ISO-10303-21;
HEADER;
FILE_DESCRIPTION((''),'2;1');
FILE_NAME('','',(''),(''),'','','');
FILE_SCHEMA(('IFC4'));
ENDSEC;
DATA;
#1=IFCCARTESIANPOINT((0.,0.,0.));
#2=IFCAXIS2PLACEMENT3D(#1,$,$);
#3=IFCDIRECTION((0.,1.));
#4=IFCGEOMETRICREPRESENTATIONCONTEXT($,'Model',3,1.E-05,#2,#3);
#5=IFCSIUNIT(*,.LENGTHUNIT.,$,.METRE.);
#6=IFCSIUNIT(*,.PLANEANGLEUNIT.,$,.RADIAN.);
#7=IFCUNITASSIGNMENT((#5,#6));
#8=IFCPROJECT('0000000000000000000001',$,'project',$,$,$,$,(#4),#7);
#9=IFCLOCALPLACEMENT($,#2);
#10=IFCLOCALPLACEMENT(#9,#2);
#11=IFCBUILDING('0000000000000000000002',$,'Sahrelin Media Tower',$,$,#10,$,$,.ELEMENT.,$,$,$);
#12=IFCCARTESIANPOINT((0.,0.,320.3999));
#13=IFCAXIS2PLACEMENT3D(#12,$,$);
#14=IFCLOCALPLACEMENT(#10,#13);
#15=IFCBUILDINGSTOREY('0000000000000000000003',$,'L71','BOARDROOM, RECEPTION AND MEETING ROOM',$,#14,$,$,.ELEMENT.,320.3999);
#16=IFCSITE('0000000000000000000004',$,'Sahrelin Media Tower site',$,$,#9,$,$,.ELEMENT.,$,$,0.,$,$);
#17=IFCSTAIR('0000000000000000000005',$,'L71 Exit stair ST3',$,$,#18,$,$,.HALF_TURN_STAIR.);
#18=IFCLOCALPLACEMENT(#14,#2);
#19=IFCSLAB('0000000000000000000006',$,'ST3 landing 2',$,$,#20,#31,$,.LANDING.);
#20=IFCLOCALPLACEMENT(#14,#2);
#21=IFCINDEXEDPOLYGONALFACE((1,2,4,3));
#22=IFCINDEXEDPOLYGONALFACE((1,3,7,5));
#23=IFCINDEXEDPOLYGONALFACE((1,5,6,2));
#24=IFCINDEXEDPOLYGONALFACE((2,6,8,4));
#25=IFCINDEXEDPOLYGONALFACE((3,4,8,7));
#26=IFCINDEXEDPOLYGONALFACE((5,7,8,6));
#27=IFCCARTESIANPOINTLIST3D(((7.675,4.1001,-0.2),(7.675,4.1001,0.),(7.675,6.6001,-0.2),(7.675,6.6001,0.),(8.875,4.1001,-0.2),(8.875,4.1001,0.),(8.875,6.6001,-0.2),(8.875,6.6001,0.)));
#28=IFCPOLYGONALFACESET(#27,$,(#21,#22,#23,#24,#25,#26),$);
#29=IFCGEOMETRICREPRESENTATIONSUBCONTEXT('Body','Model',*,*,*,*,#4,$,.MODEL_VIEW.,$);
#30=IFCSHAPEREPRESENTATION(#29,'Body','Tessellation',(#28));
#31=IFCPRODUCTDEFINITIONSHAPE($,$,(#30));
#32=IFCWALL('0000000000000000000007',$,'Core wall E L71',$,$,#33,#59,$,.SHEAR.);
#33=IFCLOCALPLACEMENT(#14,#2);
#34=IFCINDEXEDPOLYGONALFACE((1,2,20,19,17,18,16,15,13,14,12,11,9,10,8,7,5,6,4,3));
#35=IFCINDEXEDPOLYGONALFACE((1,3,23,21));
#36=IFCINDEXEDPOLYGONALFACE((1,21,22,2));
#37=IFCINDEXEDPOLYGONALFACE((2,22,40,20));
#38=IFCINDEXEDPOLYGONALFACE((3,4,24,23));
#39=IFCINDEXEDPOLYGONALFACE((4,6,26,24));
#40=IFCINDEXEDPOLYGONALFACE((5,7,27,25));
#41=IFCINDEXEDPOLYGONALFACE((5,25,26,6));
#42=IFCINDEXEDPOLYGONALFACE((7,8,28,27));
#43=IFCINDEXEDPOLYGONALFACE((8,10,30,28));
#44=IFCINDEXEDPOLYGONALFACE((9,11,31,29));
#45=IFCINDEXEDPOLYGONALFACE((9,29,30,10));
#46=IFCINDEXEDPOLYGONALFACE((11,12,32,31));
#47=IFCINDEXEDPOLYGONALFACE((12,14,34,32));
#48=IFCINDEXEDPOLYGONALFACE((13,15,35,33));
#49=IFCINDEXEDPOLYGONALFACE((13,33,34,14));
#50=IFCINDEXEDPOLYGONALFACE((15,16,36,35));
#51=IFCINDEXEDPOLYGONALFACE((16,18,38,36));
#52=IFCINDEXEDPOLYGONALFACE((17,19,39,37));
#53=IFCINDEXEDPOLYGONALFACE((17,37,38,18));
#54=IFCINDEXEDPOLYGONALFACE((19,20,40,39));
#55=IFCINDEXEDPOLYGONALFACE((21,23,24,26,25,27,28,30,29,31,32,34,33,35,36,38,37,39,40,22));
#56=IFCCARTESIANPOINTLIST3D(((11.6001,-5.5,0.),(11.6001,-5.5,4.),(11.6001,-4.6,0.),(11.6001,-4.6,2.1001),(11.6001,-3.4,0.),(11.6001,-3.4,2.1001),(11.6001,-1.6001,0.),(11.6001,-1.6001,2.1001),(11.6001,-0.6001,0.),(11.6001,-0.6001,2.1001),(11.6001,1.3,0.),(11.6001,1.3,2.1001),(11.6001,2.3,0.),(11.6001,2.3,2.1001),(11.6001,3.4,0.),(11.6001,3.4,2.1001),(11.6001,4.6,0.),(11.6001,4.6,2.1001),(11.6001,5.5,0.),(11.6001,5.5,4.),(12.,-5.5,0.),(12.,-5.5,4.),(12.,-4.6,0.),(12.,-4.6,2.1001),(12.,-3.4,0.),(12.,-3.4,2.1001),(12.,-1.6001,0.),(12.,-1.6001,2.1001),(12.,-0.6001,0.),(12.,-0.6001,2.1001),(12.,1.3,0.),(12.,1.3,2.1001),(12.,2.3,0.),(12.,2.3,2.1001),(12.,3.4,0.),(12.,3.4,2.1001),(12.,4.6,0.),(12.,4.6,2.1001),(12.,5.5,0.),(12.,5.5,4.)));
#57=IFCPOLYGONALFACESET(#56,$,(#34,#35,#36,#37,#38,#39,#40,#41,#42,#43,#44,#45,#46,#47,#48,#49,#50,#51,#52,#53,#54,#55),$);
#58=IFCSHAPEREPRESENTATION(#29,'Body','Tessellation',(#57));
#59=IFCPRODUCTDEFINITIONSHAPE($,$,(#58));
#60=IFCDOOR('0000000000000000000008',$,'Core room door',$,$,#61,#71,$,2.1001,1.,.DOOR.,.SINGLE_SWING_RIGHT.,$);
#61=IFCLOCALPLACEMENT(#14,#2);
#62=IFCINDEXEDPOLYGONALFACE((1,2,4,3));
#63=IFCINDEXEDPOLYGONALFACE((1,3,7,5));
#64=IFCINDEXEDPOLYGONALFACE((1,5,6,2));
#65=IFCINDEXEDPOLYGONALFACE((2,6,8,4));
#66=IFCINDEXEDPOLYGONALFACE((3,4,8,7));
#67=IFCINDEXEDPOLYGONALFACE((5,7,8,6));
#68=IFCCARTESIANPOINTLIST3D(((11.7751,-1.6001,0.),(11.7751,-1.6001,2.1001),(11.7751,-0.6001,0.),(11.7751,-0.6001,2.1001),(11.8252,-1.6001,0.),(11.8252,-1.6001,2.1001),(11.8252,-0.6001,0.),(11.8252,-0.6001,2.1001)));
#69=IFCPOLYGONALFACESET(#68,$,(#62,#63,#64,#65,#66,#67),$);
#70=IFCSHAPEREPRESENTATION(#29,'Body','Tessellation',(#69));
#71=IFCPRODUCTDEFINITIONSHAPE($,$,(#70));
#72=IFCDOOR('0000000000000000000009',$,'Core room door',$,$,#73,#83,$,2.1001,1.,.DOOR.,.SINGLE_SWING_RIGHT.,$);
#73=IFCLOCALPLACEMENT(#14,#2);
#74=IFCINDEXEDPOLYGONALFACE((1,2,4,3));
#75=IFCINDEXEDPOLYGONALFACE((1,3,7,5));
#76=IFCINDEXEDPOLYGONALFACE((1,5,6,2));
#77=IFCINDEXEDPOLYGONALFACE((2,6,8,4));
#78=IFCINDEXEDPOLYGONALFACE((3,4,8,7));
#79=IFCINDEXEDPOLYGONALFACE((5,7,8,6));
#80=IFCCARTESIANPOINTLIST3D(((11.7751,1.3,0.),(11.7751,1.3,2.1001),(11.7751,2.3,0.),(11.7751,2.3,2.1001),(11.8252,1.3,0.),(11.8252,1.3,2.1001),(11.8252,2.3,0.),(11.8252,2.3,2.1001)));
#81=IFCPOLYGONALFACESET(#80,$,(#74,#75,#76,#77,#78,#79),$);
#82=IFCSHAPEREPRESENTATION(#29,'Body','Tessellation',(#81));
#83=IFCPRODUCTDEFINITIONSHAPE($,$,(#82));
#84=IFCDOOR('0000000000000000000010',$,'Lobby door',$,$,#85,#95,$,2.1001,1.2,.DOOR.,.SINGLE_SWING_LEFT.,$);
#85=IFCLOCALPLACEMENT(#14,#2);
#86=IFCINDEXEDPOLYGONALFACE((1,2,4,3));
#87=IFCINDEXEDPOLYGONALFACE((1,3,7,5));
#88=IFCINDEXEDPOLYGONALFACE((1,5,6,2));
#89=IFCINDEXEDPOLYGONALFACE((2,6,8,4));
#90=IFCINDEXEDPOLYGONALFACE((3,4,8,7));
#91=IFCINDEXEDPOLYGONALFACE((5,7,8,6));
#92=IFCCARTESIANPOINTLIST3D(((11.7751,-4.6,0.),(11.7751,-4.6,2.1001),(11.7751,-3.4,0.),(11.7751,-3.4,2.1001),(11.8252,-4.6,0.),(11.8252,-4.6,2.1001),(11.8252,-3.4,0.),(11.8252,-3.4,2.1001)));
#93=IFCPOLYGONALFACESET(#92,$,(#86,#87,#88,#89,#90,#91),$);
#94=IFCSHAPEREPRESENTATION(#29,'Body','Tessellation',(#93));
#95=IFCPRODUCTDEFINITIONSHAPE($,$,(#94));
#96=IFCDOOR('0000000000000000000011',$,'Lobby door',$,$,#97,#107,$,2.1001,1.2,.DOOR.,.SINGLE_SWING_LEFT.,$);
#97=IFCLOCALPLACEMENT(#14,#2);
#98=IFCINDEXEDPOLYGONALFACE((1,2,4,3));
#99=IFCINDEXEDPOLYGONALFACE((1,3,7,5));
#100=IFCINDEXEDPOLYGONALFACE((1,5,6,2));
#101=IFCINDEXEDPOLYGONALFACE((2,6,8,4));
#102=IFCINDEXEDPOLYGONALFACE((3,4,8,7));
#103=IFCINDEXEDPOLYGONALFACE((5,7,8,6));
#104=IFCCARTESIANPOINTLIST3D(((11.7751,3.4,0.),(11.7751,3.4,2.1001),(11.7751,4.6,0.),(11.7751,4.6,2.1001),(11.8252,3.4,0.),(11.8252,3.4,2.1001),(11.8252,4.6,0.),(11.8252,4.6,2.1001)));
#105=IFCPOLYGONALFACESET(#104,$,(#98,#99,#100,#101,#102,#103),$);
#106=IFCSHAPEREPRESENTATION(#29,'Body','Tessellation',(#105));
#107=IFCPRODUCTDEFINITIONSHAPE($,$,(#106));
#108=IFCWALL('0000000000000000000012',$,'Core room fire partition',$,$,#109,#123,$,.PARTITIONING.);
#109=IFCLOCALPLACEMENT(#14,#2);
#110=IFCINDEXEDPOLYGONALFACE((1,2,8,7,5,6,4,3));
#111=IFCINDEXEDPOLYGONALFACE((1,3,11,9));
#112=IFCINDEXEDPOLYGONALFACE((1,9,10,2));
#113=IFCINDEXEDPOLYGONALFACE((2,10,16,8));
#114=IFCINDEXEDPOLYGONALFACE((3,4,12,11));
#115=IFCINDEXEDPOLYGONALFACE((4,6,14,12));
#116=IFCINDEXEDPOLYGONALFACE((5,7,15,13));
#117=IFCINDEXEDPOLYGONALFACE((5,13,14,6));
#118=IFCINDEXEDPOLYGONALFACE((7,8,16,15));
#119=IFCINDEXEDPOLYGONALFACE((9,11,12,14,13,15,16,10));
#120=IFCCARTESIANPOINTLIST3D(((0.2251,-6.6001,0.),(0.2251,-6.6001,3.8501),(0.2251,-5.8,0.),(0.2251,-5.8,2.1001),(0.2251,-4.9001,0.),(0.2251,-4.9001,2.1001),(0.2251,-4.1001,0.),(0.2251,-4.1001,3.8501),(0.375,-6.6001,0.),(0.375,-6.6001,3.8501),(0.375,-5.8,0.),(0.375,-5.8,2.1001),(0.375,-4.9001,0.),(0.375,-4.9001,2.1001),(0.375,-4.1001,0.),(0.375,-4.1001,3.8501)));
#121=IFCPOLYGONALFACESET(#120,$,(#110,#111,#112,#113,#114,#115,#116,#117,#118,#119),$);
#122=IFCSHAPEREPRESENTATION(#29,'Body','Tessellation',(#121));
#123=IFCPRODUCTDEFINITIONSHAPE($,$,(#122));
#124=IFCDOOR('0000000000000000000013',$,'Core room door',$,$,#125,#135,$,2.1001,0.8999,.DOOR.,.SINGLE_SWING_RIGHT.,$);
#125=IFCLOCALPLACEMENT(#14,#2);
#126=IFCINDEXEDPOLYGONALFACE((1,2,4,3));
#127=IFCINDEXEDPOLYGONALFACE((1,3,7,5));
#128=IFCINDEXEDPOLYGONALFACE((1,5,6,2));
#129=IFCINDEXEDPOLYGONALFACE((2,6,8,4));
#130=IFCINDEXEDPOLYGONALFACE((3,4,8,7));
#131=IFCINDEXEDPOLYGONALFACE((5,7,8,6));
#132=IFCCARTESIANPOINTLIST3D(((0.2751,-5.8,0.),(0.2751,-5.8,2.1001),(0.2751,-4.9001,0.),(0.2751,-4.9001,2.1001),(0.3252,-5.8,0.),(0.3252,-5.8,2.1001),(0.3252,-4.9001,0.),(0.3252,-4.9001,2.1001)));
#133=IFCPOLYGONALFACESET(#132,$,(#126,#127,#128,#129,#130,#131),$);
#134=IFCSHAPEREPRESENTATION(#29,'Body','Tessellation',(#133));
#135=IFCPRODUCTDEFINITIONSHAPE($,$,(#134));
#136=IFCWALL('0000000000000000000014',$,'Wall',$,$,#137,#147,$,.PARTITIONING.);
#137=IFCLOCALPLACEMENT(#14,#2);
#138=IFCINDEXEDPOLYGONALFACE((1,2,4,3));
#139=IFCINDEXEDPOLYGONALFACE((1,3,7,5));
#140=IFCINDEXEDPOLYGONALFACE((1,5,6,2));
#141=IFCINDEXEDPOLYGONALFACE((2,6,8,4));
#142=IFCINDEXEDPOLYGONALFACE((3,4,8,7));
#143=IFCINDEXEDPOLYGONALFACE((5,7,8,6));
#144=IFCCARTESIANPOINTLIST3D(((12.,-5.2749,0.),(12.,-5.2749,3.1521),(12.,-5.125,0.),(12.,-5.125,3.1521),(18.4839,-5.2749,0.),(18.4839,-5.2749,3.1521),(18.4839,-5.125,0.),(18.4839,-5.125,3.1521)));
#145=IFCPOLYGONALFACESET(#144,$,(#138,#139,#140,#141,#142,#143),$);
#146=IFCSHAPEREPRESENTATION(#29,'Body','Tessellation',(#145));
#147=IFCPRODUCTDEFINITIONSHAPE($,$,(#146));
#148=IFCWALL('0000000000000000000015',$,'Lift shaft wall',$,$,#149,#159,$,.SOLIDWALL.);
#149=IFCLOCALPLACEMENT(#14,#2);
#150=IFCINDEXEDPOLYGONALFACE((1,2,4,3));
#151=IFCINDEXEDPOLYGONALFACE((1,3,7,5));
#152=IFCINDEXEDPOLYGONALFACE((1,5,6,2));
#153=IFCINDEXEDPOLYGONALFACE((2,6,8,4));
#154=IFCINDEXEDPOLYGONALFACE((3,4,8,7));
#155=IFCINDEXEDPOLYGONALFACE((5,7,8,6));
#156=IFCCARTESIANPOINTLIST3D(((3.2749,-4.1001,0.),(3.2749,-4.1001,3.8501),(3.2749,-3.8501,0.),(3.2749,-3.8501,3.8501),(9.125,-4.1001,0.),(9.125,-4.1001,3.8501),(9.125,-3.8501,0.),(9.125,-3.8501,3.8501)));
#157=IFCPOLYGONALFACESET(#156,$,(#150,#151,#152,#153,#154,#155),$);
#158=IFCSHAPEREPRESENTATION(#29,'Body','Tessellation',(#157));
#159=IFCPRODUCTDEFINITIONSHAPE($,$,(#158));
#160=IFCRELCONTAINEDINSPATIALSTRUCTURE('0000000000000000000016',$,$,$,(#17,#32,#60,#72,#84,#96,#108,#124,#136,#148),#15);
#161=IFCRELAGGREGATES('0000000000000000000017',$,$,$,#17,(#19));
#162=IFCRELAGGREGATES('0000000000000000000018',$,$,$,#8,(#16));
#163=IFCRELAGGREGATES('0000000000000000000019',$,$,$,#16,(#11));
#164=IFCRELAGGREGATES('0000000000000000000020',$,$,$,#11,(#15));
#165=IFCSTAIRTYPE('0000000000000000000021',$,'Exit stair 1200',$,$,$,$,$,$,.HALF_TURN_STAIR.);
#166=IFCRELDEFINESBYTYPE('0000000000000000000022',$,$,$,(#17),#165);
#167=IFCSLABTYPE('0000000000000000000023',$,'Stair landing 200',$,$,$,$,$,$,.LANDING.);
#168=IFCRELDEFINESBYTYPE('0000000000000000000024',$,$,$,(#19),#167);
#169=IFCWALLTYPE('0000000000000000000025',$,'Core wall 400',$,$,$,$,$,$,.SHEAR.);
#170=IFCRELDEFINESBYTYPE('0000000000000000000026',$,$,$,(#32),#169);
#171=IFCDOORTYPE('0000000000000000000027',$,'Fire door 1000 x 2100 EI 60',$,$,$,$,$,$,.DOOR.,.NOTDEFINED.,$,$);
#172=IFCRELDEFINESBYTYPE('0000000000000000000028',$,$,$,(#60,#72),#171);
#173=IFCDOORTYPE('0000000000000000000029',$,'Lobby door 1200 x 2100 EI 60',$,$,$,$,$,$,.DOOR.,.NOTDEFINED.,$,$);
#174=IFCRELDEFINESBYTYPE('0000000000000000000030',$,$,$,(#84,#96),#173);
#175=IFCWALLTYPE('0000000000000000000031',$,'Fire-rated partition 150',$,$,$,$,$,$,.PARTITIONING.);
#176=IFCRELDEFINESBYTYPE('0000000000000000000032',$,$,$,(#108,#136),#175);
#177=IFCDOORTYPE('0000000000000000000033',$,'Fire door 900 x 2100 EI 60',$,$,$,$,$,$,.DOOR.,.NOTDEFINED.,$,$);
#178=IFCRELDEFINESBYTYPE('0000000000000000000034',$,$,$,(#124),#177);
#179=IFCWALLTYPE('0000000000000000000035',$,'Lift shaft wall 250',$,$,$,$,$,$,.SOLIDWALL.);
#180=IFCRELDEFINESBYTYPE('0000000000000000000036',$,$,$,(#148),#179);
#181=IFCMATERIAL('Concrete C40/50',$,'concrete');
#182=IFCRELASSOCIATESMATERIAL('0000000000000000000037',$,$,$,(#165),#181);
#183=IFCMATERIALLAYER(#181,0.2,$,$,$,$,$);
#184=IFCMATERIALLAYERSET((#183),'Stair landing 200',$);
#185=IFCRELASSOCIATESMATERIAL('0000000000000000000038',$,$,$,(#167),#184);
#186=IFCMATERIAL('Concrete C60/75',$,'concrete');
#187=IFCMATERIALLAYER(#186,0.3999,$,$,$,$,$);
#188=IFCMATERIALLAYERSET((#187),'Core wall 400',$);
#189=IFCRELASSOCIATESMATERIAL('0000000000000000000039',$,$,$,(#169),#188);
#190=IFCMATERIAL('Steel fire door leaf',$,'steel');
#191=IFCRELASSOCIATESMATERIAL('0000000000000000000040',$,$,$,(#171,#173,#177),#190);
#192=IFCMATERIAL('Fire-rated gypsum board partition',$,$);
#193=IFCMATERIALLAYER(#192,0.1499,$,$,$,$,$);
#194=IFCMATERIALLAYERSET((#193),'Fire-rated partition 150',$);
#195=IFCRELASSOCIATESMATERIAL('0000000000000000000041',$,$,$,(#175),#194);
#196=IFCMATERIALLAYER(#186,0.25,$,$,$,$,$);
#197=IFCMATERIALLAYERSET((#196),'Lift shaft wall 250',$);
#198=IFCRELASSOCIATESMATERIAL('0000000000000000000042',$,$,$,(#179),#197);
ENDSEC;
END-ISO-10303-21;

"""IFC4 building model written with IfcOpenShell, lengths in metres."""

from ifc_helpers import new_model, si_unit, direction, frame, frame_2d, origin, place, context, subcontext, project, spatial, polyline, rectangle, outline, extrude, material, layer, layer_set, type_object, element, fill, aggregate, save


model = new_model("IFC4")

# Units and contexts
model_context = context("Model", 3, precision=1e-05, world=origin(), true_north=direction((0.0, 1.0)))
body_context = subcontext(model_context, "Body", "Model", "MODEL_VIEW")
ifc_project = project(units=[si_unit("LENGTHUNIT", "METRE"), si_unit("PLANEANGLEUNIT", "RADIAN")], contexts=[model_context])

# Site, building, storey
site_placement = place(None, origin())
site = spatial("IfcSite", under=ifc_project, at=site_placement, Name="Sahrelin Media Tower site", CompositionType="ELEMENT", RefElevation=0.0)
building_placement = place(site_placement, origin())
building = spatial("IfcBuilding", under=site, at=building_placement, Name="Sahrelin Media Tower", CompositionType="ELEMENT")
storey_placement = place(building_placement, frame((0.0, 0.0, 320.3999)))
storey = spatial("IfcBuildingStorey", under=building, at=storey_placement, Name="L71", Description="BOARDROOM, RECEPTION AND MEETING ROOM", CompositionType="ELEMENT", Elevation=320.3999)

# Stair, slab
ifc_material_1 = material(Name="Concrete C40/50", Category="concrete")
stair_type = type_object("IfcStairType", Name="Exit stair 1200", PredefinedType="HALF_TURN_STAIR", material=ifc_material_1)
placement_1 = place(storey_placement, origin())
ifc_layer_1 = layer(ifc_material_1, 0.2)
ifc_layer_set_1 = layer_set([ifc_layer_1], Name="Stair landing 200")
slab_type = type_object("IfcSlabType", Name="Stair landing 200", PredefinedType="LANDING", material=ifc_layer_set_1)
placement_2 = place(storey_placement, frame((0.0, 0.0, -0.2)))
stair_1 = element("IfcStair", 1, at=placement_1, inside=storey, type_object=stair_type, Name="L71 Exit stair ST3", PredefinedType="HALF_TURN_STAIR")
slab_1 = element("IfcSlab", 2, at=placement_2, type_object=slab_type, Name="ST3 landing 2", PredefinedType="LANDING", context=body_context, shape_type="SweptSolid", body=[
    extrude(outline(polyline([(8.875, 6.6001), (7.675, 6.6001), (7.675, 4.1001), (8.875, 4.1001), (8.875, 6.6001)])), origin(), (0.0, 0.0, 1.0), 0.2),
])
aggregate(stair_1, [slab_1])

# Wall, openings, doors
ifc_material_2 = material(Name="Concrete C60/75", Category="concrete")
ifc_layer_2 = layer(ifc_material_2, 0.3999)
ifc_layer_set_2 = layer_set([ifc_layer_2], Name="Core wall 400")
wall_type_1 = type_object("IfcWallType", Name="Core wall 400", PredefinedType="SHEAR", material=ifc_layer_set_2)
wall_1_placement = place(storey_placement, frame((11.8, -5.5, 0.0), z_axis=(0.0, 0.0, 1.0), x_axis=(0.0, 1.0, 0.0)))
wall_1 = element("IfcWall", 3, at=wall_1_placement, inside=storey, type_object=wall_type_1, Name="Core wall E L71", PredefinedType="SHEAR", context=body_context, shape_type="SweptSolid", body=[
    extrude(rectangle(XDim=11.0, YDim=0.3999, at=frame_2d((5.5, 0.0))), origin(), (0.0, 0.0, 1.0), 4.0),
])
opening_1_placement = place(wall_1_placement, frame((3.8999, 0.0, 0.0)))
opening_1 = element("IfcOpeningElement", 4, at=opening_1_placement, cuts=wall_1, PredefinedType="OPENING", context=body_context, shape_type="SweptSolid", body=[
    extrude(rectangle(XDim=1.0, YDim=2.1001, at=frame_2d((0.5, 1.05))), frame((0.0, 0.2, 0.0), z_axis=(0.0, -1.0, 0.0), x_axis=(1.0, 0.0, 0.0)), (0.0, 0.0, 1.0), 0.3999),
])
opening_2_placement = place(wall_1_placement, frame((6.8, 0.0, 0.0)))
opening_2 = element("IfcOpeningElement", 5, at=opening_2_placement, cuts=wall_1, PredefinedType="OPENING", context=body_context, shape_type="SweptSolid", body=[
    extrude(rectangle(XDim=1.0, YDim=2.1001, at=frame_2d((0.5, 1.05))), frame((0.0, 0.2, 0.0), z_axis=(0.0, -1.0, 0.0), x_axis=(1.0, 0.0, 0.0)), (0.0, 0.0, 1.0), 0.3999),
])
opening_3_placement = place(wall_1_placement, frame((0.8999, 0.0, 0.0)))
opening_3 = element("IfcOpeningElement", 6, at=opening_3_placement, cuts=wall_1, PredefinedType="OPENING", context=body_context, shape_type="SweptSolid", body=[
    extrude(rectangle(XDim=1.2, YDim=2.1001, at=frame_2d((0.6001, 1.05))), frame((0.0, 0.2, 0.0), z_axis=(0.0, -1.0, 0.0), x_axis=(1.0, 0.0, 0.0)), (0.0, 0.0, 1.0), 0.3999),
])
opening_4_placement = place(wall_1_placement, frame((8.8999, 0.0, 0.0)))
opening_4 = element("IfcOpeningElement", 7, at=opening_4_placement, cuts=wall_1, PredefinedType="OPENING", context=body_context, shape_type="SweptSolid", body=[
    extrude(rectangle(XDim=1.2, YDim=2.1001, at=frame_2d((0.6001, 1.05))), frame((0.0, 0.2, 0.0), z_axis=(0.0, -1.0, 0.0), x_axis=(1.0, 0.0, 0.0)), (0.0, 0.0, 1.0), 0.3999),
])
ifc_material_3 = material(Name="Steel fire door leaf", Category="steel")
door_type_1 = type_object("IfcDoorType", Name="Fire door 1000 x 2100 EI 60", OperationType="NOTDEFINED", PredefinedType="DOOR", material=ifc_material_3)
door_1_placement = place(opening_1_placement, origin())
door_1 = element("IfcDoor", 8, at=door_1_placement, inside=storey, type_object=door_type_1, Name="Core room door", OperationType="SINGLE_SWING_RIGHT", OverallHeight=2.1001, OverallWidth=1.0, PredefinedType="DOOR", context=body_context, shape_type="SweptSolid", body=[
    extrude(rectangle(XDim=1.0, YDim=2.1001, at=frame_2d((0.5, 1.05))), frame((0.0, 0.0249, 0.0), z_axis=(0.0, -1.0, 0.0), x_axis=(1.0, 0.0, 0.0)), (0.0, 0.0, 1.0), 0.05),
])
fill(opening_1, door_1)
door_2_placement = place(opening_2_placement, origin())
door_2 = element("IfcDoor", 9, at=door_2_placement, inside=storey, type_object=door_type_1, Name="Core room door", OperationType="SINGLE_SWING_RIGHT", OverallHeight=2.1001, OverallWidth=1.0, PredefinedType="DOOR", context=body_context, shape_type="SweptSolid", body=[
    extrude(rectangle(XDim=1.0, YDim=2.1001, at=frame_2d((0.5, 1.05))), frame((0.0, 0.0249, 0.0), z_axis=(0.0, -1.0, 0.0), x_axis=(1.0, 0.0, 0.0)), (0.0, 0.0, 1.0), 0.05),
])
fill(opening_2, door_2)
door_type_2 = type_object("IfcDoorType", Name="Lobby door 1200 x 2100 EI 60", OperationType="NOTDEFINED", PredefinedType="DOOR", material=ifc_material_3)
door_3_placement = place(opening_3_placement, origin())
door_3 = element("IfcDoor", 10, at=door_3_placement, inside=storey, type_object=door_type_2, Name="Lobby door", OperationType="SINGLE_SWING_LEFT", OverallHeight=2.1001, OverallWidth=1.2, PredefinedType="DOOR", context=body_context, shape_type="SweptSolid", body=[
    extrude(rectangle(XDim=1.2, YDim=2.1001, at=frame_2d((0.6001, 1.05))), frame((0.0, 0.0249, 0.0), z_axis=(0.0, -1.0, 0.0), x_axis=(1.0, 0.0, 0.0)), (0.0, 0.0, 1.0), 0.05),
])
fill(opening_3, door_3)
door_4_placement = place(opening_4_placement, origin())
door_4 = element("IfcDoor", 11, at=door_4_placement, inside=storey, type_object=door_type_2, Name="Lobby door", OperationType="SINGLE_SWING_LEFT", OverallHeight=2.1001, OverallWidth=1.2, PredefinedType="DOOR", context=body_context, shape_type="SweptSolid", body=[
    extrude(rectangle(XDim=1.2, YDim=2.1001, at=frame_2d((0.6001, 1.05))), frame((0.0, 0.0249, 0.0), z_axis=(0.0, -1.0, 0.0), x_axis=(1.0, 0.0, 0.0)), (0.0, 0.0, 1.0), 0.05),
])
fill(opening_4, door_4)

# Wall, opening, door
ifc_material_4 = material(Name="Fire-rated gypsum board partition")
ifc_layer_3 = layer(ifc_material_4, 0.1499)
ifc_layer_set_3 = layer_set([ifc_layer_3], Name="Fire-rated partition 150")
wall_type_2 = type_object("IfcWallType", Name="Fire-rated partition 150", PredefinedType="PARTITIONING", material=ifc_layer_set_3)
wall_2_placement = place(storey_placement, frame((0.3, -6.6001, 0.0), z_axis=(0.0, 0.0, 1.0), x_axis=(0.0, 1.0, 0.0)))
wall_2 = element("IfcWall", 12, at=wall_2_placement, inside=storey, type_object=wall_type_2, Name="Core room fire partition", PredefinedType="PARTITIONING", context=body_context, shape_type="SweptSolid", body=[
    extrude(rectangle(XDim=2.5, YDim=0.1499, at=frame_2d((1.25, 0.0))), origin(), (0.0, 0.0, 1.0), 3.8501),
])
opening_5_placement = place(wall_2_placement, frame((0.8, 0.0, 0.0)))
opening_5 = element("IfcOpeningElement", 13, at=opening_5_placement, cuts=wall_2, PredefinedType="OPENING", context=body_context, shape_type="SweptSolid", body=[
    extrude(rectangle(XDim=0.8999, YDim=2.1001, at=frame_2d((0.45, 1.05))), frame((0.0, 0.075, 0.0), z_axis=(0.0, -1.0, 0.0), x_axis=(1.0, 0.0, 0.0)), (0.0, 0.0, 1.0), 0.1499),
])
door_type_3 = type_object("IfcDoorType", Name="Fire door 900 x 2100 EI 60", OperationType="NOTDEFINED", PredefinedType="DOOR", material=ifc_material_3)
door_5_placement = place(opening_5_placement, origin())
door_5 = element("IfcDoor", 14, at=door_5_placement, inside=storey, type_object=door_type_3, Name="Core room door", OperationType="SINGLE_SWING_RIGHT", OverallHeight=2.1001, OverallWidth=0.8999, PredefinedType="DOOR", context=body_context, shape_type="SweptSolid", body=[
    extrude(rectangle(XDim=0.8999, YDim=2.1001, at=frame_2d((0.45, 1.05))), frame((0.0, 0.0249, 0.0), z_axis=(0.0, -1.0, 0.0), x_axis=(1.0, 0.0, 0.0)), (0.0, 0.0, 1.0), 0.05),
])
fill(opening_5, door_5)

# Walls
wall_3_placement = place(storey_placement, frame((12.0, -5.2, 0.0), z_axis=(0.0, 0.0, 1.0), x_axis=(1.0, 0.0, 0.0)))
element("IfcWall", 15, at=wall_3_placement, inside=storey, type_object=wall_type_2, Name="Wall", PredefinedType="PARTITIONING", context=body_context, shape_type="SweptSolid", body=[
    extrude(rectangle(XDim=6.4839, YDim=0.1499, at=frame_2d((3.2419, 0.0))), origin(), (0.0, 0.0, 1.0), 3.1521),
])
ifc_layer_4 = layer(ifc_material_2, 0.25)
ifc_layer_set_4 = layer_set([ifc_layer_4], Name="Lift shaft wall 250")
wall_type_3 = type_object("IfcWallType", Name="Lift shaft wall 250", PredefinedType="SOLIDWALL", material=ifc_layer_set_4)
wall_4_placement = place(storey_placement, frame((3.2749, -3.9751, 0.0), z_axis=(0.0, 0.0, 1.0), x_axis=(1.0, 0.0, 0.0)))
element("IfcWall", 16, at=wall_4_placement, inside=storey, type_object=wall_type_3, Name="Lift shaft wall", PredefinedType="SOLIDWALL", context=body_context, shape_type="SweptSolid", body=[
    extrude(rectangle(XDim=5.8501, YDim=0.25, at=frame_2d((2.925, 0.0))), origin(), (0.0, 0.0, 1.0), 3.8501),
])

save(model, "model.ifc")
